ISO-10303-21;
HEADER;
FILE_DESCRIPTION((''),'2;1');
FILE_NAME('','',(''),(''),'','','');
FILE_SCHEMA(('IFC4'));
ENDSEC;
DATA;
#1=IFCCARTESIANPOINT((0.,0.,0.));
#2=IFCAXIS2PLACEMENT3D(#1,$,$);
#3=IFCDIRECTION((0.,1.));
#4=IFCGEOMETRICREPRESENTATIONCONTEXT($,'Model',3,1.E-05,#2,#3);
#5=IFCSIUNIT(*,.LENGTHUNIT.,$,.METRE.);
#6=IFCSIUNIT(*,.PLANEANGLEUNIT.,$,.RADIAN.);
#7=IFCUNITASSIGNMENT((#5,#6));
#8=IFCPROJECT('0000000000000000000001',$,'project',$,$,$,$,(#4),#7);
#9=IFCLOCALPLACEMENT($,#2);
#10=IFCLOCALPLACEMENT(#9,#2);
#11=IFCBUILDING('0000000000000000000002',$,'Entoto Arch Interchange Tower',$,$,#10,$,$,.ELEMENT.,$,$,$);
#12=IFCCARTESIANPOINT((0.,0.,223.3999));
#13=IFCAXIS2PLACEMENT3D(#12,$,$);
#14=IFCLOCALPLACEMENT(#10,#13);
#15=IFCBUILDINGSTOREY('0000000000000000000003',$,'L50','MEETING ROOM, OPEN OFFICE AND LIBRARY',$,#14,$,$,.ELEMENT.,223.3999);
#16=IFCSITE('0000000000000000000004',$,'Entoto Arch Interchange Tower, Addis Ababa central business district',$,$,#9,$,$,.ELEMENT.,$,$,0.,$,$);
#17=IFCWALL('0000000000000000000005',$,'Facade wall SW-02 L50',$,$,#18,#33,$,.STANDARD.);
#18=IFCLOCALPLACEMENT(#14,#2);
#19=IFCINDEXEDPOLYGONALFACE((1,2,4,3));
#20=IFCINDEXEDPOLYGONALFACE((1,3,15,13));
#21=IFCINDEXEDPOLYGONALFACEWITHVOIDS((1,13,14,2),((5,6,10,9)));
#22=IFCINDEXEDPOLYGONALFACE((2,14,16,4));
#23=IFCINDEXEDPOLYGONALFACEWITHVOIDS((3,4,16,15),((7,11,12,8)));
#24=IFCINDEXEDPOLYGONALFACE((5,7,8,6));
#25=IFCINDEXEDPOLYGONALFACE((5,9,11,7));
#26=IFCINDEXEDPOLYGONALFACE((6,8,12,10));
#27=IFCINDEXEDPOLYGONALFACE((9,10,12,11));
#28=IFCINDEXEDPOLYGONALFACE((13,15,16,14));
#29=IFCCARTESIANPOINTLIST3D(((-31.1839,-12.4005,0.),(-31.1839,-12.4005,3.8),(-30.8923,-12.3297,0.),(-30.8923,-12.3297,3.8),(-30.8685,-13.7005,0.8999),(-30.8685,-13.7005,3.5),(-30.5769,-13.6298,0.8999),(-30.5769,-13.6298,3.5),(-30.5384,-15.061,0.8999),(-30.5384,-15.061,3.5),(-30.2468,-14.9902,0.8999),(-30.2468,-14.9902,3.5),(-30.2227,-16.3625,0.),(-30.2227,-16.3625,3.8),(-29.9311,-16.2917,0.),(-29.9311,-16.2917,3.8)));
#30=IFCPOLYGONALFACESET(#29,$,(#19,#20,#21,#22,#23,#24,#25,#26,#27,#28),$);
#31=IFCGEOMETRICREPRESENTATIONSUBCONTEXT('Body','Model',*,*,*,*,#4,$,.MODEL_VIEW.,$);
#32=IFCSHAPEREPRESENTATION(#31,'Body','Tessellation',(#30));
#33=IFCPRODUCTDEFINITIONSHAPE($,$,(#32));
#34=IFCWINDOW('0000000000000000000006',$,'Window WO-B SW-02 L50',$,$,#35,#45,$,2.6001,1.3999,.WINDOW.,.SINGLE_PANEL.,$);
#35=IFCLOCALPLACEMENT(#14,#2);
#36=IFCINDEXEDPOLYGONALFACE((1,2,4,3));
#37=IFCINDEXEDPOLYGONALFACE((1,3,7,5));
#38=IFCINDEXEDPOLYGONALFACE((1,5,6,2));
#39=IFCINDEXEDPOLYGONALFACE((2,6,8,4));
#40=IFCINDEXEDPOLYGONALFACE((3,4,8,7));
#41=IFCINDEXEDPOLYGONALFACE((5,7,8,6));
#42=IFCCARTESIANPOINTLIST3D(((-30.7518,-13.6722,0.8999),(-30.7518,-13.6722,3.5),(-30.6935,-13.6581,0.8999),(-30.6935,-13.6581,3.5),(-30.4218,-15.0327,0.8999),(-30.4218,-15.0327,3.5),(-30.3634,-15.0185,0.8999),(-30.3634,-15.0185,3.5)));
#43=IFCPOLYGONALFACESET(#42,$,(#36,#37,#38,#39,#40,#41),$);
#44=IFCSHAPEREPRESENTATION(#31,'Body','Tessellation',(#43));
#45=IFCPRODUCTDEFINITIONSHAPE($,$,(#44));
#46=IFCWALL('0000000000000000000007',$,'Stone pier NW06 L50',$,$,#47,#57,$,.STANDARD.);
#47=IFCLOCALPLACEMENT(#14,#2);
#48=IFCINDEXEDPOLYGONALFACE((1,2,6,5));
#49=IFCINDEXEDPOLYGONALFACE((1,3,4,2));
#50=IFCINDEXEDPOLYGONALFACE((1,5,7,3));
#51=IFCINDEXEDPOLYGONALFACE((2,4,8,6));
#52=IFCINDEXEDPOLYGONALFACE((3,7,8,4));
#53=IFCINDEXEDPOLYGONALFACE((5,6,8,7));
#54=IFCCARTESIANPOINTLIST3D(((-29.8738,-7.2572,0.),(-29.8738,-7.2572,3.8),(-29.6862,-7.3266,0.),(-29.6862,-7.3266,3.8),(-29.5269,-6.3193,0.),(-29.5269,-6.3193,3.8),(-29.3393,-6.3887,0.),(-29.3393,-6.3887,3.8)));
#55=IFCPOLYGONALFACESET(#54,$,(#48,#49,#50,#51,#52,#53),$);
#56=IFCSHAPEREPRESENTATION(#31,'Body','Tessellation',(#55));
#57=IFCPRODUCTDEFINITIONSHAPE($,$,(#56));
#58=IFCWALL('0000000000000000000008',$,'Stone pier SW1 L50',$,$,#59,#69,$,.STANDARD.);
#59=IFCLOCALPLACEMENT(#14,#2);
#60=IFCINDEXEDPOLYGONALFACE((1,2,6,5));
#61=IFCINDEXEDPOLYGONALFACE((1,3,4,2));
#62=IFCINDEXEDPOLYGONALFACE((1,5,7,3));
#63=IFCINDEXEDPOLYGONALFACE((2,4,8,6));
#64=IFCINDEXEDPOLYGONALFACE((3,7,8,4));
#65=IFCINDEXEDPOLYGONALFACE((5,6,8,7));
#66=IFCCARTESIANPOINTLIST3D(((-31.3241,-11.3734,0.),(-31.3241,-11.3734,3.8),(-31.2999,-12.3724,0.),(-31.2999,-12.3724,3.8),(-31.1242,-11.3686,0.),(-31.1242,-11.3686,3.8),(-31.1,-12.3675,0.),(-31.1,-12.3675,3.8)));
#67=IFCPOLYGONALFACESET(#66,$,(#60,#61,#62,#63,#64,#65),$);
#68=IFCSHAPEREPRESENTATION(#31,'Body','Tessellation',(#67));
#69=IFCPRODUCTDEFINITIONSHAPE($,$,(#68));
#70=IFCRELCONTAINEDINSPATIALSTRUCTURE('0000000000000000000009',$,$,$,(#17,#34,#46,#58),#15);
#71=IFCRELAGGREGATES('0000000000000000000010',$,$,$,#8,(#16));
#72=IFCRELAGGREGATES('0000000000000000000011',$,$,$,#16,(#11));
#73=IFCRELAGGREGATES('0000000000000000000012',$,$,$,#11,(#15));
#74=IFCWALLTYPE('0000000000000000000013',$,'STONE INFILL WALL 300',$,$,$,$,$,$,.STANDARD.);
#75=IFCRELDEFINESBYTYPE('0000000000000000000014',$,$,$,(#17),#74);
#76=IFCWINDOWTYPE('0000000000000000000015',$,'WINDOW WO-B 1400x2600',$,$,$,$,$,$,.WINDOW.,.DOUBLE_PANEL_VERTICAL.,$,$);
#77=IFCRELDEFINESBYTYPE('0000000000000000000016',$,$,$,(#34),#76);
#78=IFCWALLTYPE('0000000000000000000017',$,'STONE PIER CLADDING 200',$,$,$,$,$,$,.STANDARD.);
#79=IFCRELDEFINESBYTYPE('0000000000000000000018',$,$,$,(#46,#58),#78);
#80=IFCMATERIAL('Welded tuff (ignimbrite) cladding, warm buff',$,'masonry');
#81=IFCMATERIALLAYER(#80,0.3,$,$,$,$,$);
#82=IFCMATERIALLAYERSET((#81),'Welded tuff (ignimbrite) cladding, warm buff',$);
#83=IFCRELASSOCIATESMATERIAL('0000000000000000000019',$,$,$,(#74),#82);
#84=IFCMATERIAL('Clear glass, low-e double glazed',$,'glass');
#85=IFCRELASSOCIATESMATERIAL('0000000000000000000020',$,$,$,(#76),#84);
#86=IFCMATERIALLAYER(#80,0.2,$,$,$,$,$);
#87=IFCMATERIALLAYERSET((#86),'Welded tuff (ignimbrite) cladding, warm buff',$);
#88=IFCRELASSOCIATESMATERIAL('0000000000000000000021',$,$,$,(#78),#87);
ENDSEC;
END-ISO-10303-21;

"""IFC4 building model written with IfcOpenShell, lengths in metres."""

from ifc_helpers import new_model, si_unit, direction, frame, frame_2d, origin, place, context, subcontext, project, spatial, rectangle, extrude, material, layer, layer_set, type_object, element, fill, save


model = new_model("IFC4")

# Units and contexts
model_context = context("Model", 3, precision=1e-05, world=origin(), true_north=direction((0.0, 1.0)))
body_context = subcontext(model_context, "Body", "Model", "MODEL_VIEW")
ifc_project = project(units=[si_unit("LENGTHUNIT", "METRE"), si_unit("PLANEANGLEUNIT", "RADIAN")], contexts=[model_context])

# Site, building, storey
site_placement = place(None, origin())
site = spatial("IfcSite", under=ifc_project, at=site_placement, Name="Entoto Arch Interchange Tower, Addis Ababa central business district", CompositionType="ELEMENT", RefElevation=0.0)
building_placement = place(site_placement, origin())
building = spatial("IfcBuilding", under=site, at=building_placement, Name="Entoto Arch Interchange Tower", CompositionType="ELEMENT")
storey_placement = place(building_placement, frame((0.0, 0.0, 223.3999)))
storey = spatial("IfcBuildingStorey", under=building, at=storey_placement, Name="L50", Description="MEETING ROOM, OPEN OFFICE AND LIBRARY", CompositionType="ELEMENT", Elevation=223.3999)

# Wall, opening, window
ifc_material_1 = material(Name="Welded tuff (ignimbrite) cladding, warm buff", Category="masonry")
ifc_layer_1 = layer(ifc_material_1, 0.3)
ifc_layer_set_1 = layer_set([ifc_layer_1], Name="Welded tuff (ignimbrite) cladding, warm buff")
wall_type_1 = type_object("IfcWallType", Name="STONE INFILL WALL 300", PredefinedType="STANDARD", material=ifc_layer_set_1)
ifc_material_2 = material(Name="Clear glass, low-e double glazed", Category="glass")
window_type = type_object("IfcWindowType", Name="WINDOW WO-B 1400x2600", PartitioningType="DOUBLE_PANEL_VERTICAL", PredefinedType="WINDOW", material=ifc_material_2)
wall_1_placement = place(storey_placement, frame((-31.0381, -12.365, 0.0), z_axis=(0.0, 0.0, 1.0), x_axis=(0.235766, -0.97181, 0.0)))
wall_1 = element("IfcWall", 1, at=wall_1_placement, inside=storey, type_object=wall_type_1, Name="Facade wall SW-02 L50", PredefinedType="STANDARD", context=body_context, shape_type="SweptSolid", body=[
    extrude(rectangle(XDim=4.0769, YDim=0.3, at=frame_2d((2.0386, 0.0))), origin(), (0.0, 0.0, 1.0), 3.8),
])
opening_1_placement = place(wall_1_placement, frame((1.3379, 0.0, 0.8999)))
opening_1 = element("IfcOpeningElement", 2, at=opening_1_placement, cuts=wall_1, PredefinedType="OPENING", context=body_context, shape_type="SweptSolid", body=[
    extrude(rectangle(XDim=1.3999, YDim=2.6001, at=frame_2d((0.7, 1.3))), frame((0.0, 0.1602, 0.0), z_axis=(0.0, -1.0, 0.0), x_axis=(1.0, 0.0, 0.0)), (0.0, 0.0, 1.0), 0.3201),
])
window_1_placement = place(opening_1_placement, origin())
window_1 = element("IfcWindow", 3, at=window_1_placement, inside=storey, type_object=window_type, Name="Window WO-B SW-02 L50", OverallHeight=2.6001, OverallWidth=1.3999, PartitioningType="SINGLE_PANEL", PredefinedType="WINDOW", context=body_context, shape_type="SweptSolid", body=[
    extrude(rectangle(XDim=1.3999, YDim=2.6001, at=frame_2d((0.7, 1.3))), frame((0.0, 0.03, 0.0), z_axis=(0.0, -1.0, 0.0), x_axis=(1.0, 0.0, 0.0)), (0.0, 0.0, 1.0), 0.0601),
])
fill(opening_1, window_1)

# Walls
ifc_layer_2 = layer(ifc_material_1, 0.2)
ifc_layer_set_2 = layer_set([ifc_layer_2], Name="Welded tuff (ignimbrite) cladding, warm buff")
wall_type_2 = type_object("IfcWallType", Name="STONE PIER CLADDING 200", PredefinedType="STANDARD", material=ifc_layer_set_2)
wall_2_placement = place(storey_placement, frame((-29.4331, -6.354, 0.0), z_axis=(0.0, 0.0, 1.0), x_axis=(-0.346893, -0.937905, 0.0)))
element("IfcWall", 4, at=wall_2_placement, inside=storey, type_object=wall_type_2, Name="Stone pier NW06 L50", PredefinedType="STANDARD", context=body_context, shape_type="SweptSolid", body=[
    extrude(rectangle(XDim=1.0, YDim=0.2, at=frame_2d((0.5, 0.0))), origin(), (0.0, 0.0, 1.0), 3.8),
])
wall_3_placement = place(storey_placement, frame((-31.2241, -11.3711, 0.0), z_axis=(0.0, 0.0, 1.0), x_axis=(0.024186, -0.999707, 0.0)))
element("IfcWall", 5, at=wall_3_placement, inside=storey, type_object=wall_type_2, Name="Stone pier SW1 L50", PredefinedType="STANDARD", context=body_context, shape_type="SweptSolid", body=[
    extrude(rectangle(XDim=0.9993, YDim=0.2, at=frame_2d((0.4995, 0.0))), origin(), (0.0, 0.0, 1.0), 3.8),
])

save(model, "model.ifc")
